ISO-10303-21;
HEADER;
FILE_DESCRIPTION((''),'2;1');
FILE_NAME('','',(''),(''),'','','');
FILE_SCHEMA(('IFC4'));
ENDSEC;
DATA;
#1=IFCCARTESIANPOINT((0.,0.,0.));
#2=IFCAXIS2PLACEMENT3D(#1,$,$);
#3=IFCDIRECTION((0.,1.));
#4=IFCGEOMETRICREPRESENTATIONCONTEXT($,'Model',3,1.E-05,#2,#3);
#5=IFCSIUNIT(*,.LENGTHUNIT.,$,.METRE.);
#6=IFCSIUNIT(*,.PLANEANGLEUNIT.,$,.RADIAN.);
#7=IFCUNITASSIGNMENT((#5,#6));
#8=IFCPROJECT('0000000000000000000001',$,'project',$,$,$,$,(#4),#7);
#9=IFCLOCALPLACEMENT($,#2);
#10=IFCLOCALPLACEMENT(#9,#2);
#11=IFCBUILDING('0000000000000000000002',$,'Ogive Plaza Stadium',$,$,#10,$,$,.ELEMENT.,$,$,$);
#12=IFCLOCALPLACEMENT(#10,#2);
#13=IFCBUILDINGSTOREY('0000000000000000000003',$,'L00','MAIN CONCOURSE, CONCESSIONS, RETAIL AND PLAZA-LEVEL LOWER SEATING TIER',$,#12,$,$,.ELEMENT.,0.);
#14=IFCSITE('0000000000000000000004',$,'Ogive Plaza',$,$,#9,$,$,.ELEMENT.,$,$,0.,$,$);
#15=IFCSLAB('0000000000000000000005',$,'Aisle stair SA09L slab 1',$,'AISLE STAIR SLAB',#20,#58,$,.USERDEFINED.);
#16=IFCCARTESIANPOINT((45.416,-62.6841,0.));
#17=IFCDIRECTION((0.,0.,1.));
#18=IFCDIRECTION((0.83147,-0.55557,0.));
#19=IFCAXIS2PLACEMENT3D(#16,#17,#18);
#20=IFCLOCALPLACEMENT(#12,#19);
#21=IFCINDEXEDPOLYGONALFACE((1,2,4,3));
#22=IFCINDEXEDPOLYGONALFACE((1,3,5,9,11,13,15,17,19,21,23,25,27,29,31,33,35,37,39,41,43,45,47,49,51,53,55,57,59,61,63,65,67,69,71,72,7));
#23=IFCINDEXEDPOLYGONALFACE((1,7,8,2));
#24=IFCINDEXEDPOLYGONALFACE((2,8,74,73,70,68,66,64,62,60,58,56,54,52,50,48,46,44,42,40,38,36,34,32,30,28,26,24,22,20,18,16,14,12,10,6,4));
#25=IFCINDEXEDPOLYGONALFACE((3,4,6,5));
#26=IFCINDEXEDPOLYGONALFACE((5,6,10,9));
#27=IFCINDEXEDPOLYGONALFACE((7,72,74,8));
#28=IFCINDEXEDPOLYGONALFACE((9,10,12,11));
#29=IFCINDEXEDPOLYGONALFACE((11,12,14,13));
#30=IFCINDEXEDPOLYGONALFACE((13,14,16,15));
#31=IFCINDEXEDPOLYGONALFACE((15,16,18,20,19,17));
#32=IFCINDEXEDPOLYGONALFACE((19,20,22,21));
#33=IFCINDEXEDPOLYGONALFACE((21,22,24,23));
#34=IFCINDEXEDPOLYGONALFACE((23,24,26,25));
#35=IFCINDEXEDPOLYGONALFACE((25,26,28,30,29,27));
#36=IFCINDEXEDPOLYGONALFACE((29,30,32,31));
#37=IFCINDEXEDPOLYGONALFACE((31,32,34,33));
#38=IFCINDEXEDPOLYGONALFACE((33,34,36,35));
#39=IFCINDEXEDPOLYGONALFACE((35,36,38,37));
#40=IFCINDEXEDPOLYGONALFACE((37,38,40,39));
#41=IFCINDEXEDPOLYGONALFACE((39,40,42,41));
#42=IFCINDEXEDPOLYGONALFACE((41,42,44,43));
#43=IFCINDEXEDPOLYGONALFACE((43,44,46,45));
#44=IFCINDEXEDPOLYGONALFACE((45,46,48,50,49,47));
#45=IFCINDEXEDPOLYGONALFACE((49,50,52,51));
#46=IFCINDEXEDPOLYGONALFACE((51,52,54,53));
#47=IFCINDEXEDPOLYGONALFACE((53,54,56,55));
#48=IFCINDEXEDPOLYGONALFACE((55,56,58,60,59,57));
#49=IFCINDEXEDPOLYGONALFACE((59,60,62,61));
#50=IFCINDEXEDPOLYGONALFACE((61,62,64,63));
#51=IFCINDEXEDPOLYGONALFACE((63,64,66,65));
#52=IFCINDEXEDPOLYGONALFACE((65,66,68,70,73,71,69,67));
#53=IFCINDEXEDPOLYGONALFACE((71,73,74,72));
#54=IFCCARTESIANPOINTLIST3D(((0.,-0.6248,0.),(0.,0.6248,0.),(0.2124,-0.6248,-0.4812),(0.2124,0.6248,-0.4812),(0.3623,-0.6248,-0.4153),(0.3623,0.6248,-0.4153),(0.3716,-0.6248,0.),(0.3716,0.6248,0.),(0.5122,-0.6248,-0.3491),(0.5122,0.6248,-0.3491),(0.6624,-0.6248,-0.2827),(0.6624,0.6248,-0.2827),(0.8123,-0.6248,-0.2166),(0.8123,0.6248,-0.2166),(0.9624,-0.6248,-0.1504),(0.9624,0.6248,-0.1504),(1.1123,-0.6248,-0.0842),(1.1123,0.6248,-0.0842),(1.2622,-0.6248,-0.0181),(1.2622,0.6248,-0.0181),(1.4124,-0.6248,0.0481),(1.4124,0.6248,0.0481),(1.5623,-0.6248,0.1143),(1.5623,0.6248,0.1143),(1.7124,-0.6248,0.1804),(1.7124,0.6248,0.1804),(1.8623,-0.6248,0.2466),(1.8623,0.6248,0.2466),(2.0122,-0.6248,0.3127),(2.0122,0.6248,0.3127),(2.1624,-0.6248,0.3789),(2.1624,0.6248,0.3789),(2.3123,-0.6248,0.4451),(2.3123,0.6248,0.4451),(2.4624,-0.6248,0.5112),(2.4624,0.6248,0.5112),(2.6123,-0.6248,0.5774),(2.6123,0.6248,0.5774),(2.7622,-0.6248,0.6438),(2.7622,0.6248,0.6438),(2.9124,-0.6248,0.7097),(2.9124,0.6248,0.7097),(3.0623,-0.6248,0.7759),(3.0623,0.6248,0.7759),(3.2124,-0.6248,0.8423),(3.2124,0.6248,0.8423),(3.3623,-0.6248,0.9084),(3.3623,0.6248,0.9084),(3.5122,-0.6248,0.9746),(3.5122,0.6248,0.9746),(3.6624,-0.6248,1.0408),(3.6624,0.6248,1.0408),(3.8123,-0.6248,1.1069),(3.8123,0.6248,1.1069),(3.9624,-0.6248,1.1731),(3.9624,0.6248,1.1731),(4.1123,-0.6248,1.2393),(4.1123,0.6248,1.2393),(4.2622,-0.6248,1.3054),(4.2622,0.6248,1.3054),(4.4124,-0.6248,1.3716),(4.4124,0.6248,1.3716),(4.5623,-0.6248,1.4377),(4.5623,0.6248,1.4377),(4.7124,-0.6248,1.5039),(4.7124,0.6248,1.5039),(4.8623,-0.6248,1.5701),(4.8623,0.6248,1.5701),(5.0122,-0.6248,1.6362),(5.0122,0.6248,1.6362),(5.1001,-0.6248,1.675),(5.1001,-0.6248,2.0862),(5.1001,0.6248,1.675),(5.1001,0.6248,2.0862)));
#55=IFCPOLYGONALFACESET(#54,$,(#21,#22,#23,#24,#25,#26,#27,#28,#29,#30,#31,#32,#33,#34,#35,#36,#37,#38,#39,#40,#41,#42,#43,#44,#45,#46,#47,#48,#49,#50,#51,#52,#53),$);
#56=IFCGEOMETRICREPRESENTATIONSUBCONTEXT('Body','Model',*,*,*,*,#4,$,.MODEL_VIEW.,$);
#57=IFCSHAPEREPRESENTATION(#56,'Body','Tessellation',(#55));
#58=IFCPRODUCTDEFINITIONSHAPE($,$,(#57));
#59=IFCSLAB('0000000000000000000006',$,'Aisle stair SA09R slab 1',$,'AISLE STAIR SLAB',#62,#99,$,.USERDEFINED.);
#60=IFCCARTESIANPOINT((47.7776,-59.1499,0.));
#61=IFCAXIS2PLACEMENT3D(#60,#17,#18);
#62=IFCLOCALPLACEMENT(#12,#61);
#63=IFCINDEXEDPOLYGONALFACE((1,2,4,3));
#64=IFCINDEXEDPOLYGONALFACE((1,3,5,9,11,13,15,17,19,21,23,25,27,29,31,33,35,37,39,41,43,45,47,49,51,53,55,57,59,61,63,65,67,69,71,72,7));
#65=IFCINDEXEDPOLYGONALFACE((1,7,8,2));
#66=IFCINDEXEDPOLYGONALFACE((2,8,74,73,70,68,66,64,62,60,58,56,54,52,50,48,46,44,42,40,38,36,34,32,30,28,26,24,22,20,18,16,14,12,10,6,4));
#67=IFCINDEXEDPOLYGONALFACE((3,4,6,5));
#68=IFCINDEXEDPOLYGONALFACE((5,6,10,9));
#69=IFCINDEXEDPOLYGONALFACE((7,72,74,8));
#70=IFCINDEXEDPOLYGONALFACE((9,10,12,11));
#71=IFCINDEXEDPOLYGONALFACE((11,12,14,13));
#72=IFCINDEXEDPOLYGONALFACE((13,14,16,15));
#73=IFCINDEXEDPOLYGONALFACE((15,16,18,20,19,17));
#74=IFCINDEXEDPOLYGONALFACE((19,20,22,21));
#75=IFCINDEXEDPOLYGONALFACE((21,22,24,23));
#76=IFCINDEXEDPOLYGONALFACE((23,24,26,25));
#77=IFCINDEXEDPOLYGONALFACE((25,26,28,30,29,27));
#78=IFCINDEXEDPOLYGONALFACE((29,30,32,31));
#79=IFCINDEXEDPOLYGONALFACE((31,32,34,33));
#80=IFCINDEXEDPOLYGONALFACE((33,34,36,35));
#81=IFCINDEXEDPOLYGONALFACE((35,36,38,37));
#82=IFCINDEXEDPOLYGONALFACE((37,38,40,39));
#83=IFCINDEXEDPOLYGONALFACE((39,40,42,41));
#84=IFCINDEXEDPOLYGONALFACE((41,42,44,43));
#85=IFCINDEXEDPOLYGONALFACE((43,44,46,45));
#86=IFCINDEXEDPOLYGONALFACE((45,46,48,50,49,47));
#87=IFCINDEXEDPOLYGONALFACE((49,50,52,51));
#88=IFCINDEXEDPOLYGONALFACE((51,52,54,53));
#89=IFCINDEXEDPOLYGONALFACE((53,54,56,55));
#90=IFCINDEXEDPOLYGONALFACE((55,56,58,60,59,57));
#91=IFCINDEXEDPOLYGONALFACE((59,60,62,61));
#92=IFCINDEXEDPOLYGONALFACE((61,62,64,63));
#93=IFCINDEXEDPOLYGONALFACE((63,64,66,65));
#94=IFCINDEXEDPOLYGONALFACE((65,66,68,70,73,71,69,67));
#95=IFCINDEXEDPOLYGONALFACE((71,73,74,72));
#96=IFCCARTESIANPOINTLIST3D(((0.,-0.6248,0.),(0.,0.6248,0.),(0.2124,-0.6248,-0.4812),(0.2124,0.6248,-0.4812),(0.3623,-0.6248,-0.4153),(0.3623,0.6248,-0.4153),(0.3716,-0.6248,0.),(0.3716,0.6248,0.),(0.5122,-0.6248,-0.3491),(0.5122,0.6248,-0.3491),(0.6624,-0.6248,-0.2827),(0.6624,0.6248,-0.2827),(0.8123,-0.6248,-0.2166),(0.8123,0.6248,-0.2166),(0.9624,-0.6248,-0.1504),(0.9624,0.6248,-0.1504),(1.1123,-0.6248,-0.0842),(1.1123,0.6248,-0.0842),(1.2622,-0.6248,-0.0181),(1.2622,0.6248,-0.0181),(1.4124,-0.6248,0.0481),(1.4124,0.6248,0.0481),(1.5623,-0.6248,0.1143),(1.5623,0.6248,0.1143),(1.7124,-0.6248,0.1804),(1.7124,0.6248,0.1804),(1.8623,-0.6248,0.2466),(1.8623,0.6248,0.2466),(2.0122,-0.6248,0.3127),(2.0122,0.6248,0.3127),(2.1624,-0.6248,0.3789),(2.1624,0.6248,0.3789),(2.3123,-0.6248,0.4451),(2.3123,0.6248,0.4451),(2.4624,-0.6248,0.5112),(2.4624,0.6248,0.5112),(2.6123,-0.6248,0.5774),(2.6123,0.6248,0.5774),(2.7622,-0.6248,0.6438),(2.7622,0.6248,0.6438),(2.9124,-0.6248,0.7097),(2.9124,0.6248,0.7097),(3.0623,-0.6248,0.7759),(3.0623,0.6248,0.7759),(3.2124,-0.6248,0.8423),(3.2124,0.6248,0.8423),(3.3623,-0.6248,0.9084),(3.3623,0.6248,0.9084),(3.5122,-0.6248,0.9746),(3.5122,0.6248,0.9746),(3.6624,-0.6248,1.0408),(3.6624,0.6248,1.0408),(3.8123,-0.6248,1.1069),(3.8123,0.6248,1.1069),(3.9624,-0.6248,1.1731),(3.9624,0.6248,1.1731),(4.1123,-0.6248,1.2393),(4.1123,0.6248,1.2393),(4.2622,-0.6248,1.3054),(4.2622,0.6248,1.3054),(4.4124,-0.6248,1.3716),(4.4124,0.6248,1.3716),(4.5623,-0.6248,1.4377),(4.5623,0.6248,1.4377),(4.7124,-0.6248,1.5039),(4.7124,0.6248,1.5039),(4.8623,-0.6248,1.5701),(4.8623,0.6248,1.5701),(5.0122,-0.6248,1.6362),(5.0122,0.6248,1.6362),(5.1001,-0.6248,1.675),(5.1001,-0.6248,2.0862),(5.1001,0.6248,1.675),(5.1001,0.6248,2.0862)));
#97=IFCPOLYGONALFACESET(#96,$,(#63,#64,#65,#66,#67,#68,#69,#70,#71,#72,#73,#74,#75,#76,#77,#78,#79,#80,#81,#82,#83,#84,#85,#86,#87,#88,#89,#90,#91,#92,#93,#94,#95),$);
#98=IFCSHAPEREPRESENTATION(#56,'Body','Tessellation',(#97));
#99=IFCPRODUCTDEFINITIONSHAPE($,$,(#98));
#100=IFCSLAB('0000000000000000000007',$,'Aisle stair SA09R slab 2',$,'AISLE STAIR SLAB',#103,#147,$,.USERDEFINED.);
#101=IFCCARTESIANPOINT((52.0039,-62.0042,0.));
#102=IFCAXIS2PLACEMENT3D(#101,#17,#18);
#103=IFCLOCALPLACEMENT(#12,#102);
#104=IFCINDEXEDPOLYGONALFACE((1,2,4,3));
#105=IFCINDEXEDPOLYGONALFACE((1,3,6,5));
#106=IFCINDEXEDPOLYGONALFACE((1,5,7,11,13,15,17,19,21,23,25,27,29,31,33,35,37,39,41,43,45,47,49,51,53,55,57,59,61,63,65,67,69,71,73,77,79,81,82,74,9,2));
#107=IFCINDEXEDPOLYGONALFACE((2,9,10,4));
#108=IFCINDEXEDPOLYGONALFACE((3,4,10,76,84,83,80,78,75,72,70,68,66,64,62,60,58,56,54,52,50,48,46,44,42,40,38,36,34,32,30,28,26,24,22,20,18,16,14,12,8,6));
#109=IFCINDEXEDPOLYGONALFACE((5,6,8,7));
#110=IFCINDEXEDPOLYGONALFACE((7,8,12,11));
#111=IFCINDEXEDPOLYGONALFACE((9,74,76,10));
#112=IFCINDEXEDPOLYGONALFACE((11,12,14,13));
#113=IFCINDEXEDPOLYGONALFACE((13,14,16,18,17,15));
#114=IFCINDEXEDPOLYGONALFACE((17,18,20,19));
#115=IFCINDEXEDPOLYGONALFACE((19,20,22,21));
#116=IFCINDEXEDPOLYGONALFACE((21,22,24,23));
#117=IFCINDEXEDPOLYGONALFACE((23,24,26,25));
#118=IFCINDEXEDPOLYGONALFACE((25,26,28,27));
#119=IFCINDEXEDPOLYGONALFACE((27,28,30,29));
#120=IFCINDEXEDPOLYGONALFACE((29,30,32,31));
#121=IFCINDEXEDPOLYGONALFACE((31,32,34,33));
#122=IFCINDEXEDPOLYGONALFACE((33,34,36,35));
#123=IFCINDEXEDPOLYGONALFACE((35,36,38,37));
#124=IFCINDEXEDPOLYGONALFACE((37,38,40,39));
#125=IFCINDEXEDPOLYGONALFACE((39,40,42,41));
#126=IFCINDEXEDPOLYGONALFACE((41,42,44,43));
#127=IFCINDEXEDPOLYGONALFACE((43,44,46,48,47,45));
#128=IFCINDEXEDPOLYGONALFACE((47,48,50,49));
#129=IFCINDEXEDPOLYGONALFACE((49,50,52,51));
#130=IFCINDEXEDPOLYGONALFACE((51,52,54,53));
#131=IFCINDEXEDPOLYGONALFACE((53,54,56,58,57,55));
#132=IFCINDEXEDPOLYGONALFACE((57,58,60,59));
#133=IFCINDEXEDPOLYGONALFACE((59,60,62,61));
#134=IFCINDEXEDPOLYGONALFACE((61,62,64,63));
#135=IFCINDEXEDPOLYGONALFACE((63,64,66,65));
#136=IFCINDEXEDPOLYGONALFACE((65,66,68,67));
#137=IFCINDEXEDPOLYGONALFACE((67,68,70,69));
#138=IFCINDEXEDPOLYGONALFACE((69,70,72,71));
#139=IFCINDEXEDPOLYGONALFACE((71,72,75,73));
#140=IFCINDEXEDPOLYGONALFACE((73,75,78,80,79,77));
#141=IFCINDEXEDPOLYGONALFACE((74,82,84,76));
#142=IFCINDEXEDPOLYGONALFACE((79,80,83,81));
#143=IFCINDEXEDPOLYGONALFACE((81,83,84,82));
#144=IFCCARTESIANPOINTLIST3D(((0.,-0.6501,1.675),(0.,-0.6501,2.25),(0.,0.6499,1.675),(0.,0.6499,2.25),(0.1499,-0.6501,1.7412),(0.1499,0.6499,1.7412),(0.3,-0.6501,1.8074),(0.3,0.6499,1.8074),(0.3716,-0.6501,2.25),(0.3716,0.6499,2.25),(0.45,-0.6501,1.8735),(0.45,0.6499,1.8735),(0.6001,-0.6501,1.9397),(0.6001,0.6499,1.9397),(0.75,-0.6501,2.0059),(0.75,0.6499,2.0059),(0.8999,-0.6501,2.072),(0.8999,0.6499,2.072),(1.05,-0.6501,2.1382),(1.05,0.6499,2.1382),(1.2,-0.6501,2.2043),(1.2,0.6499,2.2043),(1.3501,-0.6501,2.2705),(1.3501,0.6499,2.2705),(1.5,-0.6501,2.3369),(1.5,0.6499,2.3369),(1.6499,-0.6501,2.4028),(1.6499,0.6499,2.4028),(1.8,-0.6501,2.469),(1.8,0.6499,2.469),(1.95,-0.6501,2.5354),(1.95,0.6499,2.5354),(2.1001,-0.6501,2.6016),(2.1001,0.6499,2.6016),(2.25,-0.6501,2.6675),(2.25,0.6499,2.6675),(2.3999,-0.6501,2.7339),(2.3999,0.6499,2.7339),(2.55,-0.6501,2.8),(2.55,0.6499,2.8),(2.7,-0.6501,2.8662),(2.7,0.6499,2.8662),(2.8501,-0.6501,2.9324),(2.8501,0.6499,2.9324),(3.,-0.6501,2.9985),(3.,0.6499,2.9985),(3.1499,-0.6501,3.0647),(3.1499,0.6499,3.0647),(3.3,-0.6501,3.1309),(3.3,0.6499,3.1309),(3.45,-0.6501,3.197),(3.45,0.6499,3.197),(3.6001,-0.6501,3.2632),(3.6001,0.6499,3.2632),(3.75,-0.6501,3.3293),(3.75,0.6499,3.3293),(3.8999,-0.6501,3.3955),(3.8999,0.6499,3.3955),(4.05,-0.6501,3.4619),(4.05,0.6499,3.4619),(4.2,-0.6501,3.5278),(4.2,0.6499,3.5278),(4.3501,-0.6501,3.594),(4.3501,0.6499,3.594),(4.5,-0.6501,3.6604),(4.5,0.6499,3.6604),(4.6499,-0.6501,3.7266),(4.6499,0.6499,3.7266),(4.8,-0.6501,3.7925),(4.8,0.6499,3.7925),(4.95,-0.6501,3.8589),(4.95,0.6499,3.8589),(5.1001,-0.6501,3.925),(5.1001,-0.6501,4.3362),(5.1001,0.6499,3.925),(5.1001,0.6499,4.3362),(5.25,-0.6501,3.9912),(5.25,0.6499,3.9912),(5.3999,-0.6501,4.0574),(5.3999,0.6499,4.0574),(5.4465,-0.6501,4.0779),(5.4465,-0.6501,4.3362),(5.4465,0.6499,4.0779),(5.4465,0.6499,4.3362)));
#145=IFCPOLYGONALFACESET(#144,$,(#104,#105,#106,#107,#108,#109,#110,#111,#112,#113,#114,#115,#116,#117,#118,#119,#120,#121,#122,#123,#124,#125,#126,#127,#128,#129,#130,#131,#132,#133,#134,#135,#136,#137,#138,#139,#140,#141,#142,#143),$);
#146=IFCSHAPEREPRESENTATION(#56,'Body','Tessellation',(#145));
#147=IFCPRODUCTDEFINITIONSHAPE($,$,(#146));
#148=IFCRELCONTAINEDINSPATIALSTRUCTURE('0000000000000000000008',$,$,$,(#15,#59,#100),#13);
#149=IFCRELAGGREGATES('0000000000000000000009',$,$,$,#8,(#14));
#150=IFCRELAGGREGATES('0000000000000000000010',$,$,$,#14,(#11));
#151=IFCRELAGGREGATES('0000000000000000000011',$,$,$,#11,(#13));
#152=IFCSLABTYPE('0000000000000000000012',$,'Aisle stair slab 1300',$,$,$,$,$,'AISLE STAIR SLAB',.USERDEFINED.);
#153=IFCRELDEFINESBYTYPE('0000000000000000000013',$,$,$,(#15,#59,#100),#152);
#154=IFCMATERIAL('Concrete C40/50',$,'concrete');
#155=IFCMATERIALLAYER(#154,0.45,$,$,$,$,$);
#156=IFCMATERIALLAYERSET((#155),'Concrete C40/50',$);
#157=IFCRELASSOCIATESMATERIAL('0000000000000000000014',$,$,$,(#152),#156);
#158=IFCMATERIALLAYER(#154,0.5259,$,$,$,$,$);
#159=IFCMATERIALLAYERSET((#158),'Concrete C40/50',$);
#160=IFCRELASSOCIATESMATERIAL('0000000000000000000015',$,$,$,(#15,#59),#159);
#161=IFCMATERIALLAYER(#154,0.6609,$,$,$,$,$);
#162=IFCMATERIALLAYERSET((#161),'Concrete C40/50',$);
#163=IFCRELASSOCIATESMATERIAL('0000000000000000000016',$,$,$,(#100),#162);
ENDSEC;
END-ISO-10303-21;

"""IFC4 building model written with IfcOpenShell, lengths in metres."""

from ifc_helpers import new_model, si_unit, direction, frame, origin, place, context, subcontext, project, spatial, polyline, outline, extrude, material, layer, layer_set, type_object, element, save


model = new_model("IFC4")

# Units and contexts
model_context = context("Model", 3, precision=1e-05, world=origin(), true_north=direction((0.0, 1.0)))
body_context = subcontext(model_context, "Body", "Model", "MODEL_VIEW")
ifc_project = project(units=[si_unit("LENGTHUNIT", "METRE"), si_unit("PLANEANGLEUNIT", "RADIAN")], contexts=[model_context])

# Site, building, storey
site_placement = place(None, origin())
site = spatial("IfcSite", under=ifc_project, at=site_placement, Name="Ogive Plaza", CompositionType="ELEMENT", RefElevation=0.0)
building_placement = place(site_placement, origin())
building = spatial("IfcBuilding", under=site, at=building_placement, Name="Ogive Plaza Stadium", CompositionType="ELEMENT")
storey_placement = place(building_placement, origin())
storey = spatial("IfcBuildingStorey", under=building, at=storey_placement, Name="L00", Description="MAIN CONCOURSE, CONCESSIONS, RETAIL AND PLAZA-LEVEL LOWER SEATING TIER", CompositionType="ELEMENT", Elevation=0.0)

# Slabs
ifc_material_1 = material(Name="Concrete C40/50", Category="concrete")
ifc_layer_1 = layer(ifc_material_1, 0.5259)
ifc_layer_set_1 = layer_set([ifc_layer_1], Name="Concrete C40/50")
ifc_layer_2 = layer(ifc_material_1, 0.45)
ifc_layer_set_2 = layer_set([ifc_layer_2], Name="Concrete C40/50")
slab_type = type_object("IfcSlabType", Name="Aisle stair slab 1300", ElementType="AISLE STAIR SLAB", PredefinedType="USERDEFINED", material=ifc_layer_set_2)
for number, where, z_axis, x_axis, name in (
    (1, (45.416, -62.6841, 0.0), (0.0, 0.0, 1.0), (0.83147, -0.55557, 0.0), "Aisle stair SA09L slab 1"),
    (2, (47.7776, -59.1499, 0.0), (0.0, 0.0, 1.0), (0.83147, -0.55557, 0.0), "Aisle stair SA09R slab 1"),
):
    element("IfcSlab", number, at=place(storey_placement, frame(where, z_axis=z_axis, x_axis=x_axis)), inside=storey, type_object=slab_type, material=ifc_layer_set_1, Name=name, ObjectType="AISLE STAIR SLAB", PredefinedType="USERDEFINED", context=body_context, shape_type="SweptSolid", body=[
        extrude(outline(polyline([(0.0, 0.0), (0.3716, 0.0), (5.1001, 2.0862), (5.1001, 1.675), (5.0122, 1.6362), (4.8623, 1.5701), (4.7124, 1.5039), (4.5623, 1.4377), (4.4124, 1.3716), (4.2622, 1.3054), (4.1123, 1.2393), (3.9624, 1.1731), (3.8123, 1.1069), (3.6624, 1.0408), (3.5122, 0.9746), (3.3623, 0.9084), (3.2124, 0.8423), (3.0623, 0.7759), (2.9124, 0.7097), (2.7622, 0.6438), (2.6123, 0.5774), (2.4624, 0.5112), (2.3123, 0.4451), (2.1624, 0.3789), (2.0122, 0.3127), (1.8623, 0.2466), (1.7124, 0.1804), (1.5623, 0.1143), (1.4124, 0.0481), (1.2622, -0.0181), (1.1123, -0.0842), (0.9624, -0.1504), (0.8123, -0.2166), (0.6624, -0.2827), (0.5122, -0.3491), (0.3623, -0.4153), (0.2124, -0.4812), (0.0, 0.0)])), frame((0.0, 0.6248, 0.0), z_axis=(0.0, -1.0, 0.0), x_axis=(1.0, 0.0, 0.0)), (0.0, 0.0, 1.0), 1.2495),
    ])
ifc_layer_3 = layer(ifc_material_1, 0.6609)
ifc_layer_set_3 = layer_set([ifc_layer_3], Name="Concrete C40/50")
slab_placement = place(storey_placement, frame((52.0039, -62.0042, 0.0), z_axis=(0.0, 0.0, 1.0), x_axis=(0.83147, -0.55557, 0.0)))
element("IfcSlab", 3, at=slab_placement, inside=storey, type_object=slab_type, material=ifc_layer_set_3, Name="Aisle stair SA09R slab 2", ObjectType="AISLE STAIR SLAB", PredefinedType="USERDEFINED", context=body_context, shape_type="SweptSolid", body=[
    extrude(outline(polyline([(0.0, 2.25), (0.3716, 2.25), (5.1001, 4.3362), (5.4465, 4.3362), (5.4465, 4.0779), (5.3999, 4.0574), (5.25, 3.9912), (5.1001, 3.925), (4.95, 3.8589), (4.8, 3.7925), (4.6499, 3.7266), (4.5, 3.6604), (4.3501, 3.594), (4.2, 3.5278), (4.05, 3.4619), (3.8999, 3.3955), (3.75, 3.3293), (3.6001, 3.2632), (3.45, 3.197), (3.3, 3.1309), (3.1499, 3.0647), (3.0, 2.9985), (2.8501, 2.9324), (2.7, 2.8662), (2.55, 2.8), (2.3999, 2.7339), (2.25, 2.6675), (2.1001, 2.6016), (1.95, 2.5354), (1.8, 2.469), (1.6499, 2.4028), (1.5, 2.3369), (1.3501, 2.2705), (1.2, 2.2043), (1.05, 2.1382), (0.8999, 2.072), (0.75, 2.0059), (0.6001, 1.9397), (0.45, 1.8735), (0.3, 1.8074), (0.1499, 1.7412), (0.0, 1.675), (0.0, 2.25)])), frame((0.0, 0.6499, 0.0), z_axis=(0.0, -1.0, 0.0), x_axis=(1.0, 0.0, 0.0)), (0.0, 0.0, 1.0), 1.3),
])

save(model, "model.ifc")
